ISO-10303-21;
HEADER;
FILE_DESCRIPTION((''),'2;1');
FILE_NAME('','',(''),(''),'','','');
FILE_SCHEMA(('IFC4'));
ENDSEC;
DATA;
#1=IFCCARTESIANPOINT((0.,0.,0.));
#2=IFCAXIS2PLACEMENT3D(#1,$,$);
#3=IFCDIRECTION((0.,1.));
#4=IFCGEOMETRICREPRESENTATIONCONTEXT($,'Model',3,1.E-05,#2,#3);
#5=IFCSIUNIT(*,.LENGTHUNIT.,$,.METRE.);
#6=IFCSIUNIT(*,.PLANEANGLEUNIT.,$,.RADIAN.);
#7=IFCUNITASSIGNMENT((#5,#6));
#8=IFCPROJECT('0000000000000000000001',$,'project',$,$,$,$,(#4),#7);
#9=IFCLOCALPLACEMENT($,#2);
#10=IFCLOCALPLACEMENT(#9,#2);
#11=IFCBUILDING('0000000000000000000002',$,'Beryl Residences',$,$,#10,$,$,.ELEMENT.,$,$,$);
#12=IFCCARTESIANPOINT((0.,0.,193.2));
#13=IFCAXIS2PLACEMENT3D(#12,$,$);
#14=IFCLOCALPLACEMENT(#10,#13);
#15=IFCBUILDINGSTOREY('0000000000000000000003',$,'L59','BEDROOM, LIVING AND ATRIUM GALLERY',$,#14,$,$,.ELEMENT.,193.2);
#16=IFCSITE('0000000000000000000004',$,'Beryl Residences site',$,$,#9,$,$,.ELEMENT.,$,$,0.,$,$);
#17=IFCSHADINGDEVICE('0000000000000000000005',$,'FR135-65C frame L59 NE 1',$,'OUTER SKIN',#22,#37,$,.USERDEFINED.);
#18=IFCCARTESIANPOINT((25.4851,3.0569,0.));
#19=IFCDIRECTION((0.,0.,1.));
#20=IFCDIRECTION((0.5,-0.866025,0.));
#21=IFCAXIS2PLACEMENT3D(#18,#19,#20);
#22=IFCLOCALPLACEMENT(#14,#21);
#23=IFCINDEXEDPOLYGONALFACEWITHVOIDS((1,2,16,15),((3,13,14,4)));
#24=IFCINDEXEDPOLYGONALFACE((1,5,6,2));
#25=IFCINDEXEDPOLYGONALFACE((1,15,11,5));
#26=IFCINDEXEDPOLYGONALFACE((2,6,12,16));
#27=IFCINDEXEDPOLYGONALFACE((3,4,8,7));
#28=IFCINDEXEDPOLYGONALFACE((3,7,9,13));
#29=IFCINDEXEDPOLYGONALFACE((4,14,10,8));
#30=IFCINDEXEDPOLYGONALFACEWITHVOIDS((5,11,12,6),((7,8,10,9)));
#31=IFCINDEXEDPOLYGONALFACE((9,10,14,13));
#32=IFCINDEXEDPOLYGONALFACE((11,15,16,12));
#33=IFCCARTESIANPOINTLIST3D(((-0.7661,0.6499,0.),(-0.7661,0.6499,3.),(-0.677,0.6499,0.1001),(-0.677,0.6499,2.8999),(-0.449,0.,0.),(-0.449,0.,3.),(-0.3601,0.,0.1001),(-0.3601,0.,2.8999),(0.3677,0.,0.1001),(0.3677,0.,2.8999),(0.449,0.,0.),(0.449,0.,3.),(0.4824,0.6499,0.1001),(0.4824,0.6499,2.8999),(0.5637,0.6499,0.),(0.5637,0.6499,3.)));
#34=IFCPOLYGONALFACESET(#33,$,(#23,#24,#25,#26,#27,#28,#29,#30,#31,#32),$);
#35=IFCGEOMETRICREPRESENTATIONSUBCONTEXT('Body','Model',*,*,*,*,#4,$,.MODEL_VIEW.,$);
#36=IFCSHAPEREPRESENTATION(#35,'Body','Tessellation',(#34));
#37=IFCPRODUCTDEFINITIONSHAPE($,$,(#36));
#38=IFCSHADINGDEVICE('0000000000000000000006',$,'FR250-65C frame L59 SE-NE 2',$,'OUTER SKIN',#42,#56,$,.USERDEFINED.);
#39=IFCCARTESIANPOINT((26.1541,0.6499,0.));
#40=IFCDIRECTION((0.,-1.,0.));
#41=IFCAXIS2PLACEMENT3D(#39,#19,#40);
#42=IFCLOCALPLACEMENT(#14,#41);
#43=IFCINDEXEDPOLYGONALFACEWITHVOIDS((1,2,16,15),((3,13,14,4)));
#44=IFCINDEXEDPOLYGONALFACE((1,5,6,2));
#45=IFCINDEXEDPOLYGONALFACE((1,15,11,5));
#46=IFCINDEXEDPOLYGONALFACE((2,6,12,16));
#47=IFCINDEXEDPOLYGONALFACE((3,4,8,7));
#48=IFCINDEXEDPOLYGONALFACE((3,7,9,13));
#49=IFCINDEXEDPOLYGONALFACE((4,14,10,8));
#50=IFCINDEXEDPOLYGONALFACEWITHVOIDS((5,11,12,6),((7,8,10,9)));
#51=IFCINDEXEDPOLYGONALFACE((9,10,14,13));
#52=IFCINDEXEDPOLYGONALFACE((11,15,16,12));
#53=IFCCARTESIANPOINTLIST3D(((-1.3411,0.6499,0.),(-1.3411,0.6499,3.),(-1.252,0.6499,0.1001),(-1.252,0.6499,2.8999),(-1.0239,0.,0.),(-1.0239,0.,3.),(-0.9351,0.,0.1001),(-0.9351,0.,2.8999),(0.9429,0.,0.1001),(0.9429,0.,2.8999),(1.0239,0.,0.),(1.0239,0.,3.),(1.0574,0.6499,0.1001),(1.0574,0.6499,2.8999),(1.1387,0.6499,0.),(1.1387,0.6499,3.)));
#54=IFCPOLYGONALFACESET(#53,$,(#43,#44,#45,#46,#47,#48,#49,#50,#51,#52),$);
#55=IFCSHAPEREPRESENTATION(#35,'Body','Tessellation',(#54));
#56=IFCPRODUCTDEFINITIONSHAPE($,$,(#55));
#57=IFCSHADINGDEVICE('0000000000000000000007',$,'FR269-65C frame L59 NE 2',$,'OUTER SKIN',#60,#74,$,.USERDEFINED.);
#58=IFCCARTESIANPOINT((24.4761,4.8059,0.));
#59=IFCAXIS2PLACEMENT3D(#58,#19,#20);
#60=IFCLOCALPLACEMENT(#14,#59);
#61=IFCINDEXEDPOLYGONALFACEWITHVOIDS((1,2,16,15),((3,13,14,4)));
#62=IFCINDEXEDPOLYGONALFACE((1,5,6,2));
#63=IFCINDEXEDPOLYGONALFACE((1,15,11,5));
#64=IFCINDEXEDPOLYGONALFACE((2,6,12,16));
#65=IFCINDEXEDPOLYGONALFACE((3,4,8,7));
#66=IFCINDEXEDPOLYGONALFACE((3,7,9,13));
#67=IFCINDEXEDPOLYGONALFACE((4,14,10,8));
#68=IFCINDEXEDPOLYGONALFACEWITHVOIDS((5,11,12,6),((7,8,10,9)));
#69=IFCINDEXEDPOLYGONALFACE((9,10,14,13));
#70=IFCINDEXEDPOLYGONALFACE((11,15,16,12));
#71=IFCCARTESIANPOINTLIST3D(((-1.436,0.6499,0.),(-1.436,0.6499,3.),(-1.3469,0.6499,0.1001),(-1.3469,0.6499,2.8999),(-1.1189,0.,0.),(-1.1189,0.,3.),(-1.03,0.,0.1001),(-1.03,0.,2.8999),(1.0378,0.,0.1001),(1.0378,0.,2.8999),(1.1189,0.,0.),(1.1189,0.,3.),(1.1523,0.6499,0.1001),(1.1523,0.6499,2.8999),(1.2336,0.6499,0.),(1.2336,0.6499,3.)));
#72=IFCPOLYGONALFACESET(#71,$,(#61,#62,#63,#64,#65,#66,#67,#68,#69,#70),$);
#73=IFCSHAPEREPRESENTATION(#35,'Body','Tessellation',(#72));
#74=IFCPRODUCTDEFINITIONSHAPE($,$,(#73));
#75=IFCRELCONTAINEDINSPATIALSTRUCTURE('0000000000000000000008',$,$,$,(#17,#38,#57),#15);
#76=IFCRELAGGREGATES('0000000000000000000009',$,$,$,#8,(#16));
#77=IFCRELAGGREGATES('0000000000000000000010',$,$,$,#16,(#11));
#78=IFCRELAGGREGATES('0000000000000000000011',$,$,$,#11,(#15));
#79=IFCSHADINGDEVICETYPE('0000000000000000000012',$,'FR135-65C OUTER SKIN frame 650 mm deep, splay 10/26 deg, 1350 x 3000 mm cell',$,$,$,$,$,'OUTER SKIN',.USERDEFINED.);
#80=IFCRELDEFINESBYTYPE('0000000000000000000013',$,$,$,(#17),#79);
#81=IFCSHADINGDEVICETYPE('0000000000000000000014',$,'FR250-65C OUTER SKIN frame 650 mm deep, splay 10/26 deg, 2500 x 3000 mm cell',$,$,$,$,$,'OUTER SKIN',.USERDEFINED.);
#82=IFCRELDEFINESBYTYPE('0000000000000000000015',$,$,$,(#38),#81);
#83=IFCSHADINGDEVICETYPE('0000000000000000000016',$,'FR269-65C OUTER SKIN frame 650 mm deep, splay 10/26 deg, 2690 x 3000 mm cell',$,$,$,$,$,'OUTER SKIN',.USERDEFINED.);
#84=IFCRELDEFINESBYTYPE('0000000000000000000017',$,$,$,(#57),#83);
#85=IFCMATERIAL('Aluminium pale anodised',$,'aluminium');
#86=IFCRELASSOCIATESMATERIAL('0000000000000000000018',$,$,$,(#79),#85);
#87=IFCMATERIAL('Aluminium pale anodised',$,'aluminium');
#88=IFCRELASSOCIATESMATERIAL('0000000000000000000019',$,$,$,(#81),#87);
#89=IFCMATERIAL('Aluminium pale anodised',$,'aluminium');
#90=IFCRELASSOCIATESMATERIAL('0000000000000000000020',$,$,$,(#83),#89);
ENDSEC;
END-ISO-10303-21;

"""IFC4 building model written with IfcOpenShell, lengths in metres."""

from ifc_helpers import new_model, entity, si_unit, direction, frame, origin, place, context, subcontext, project, spatial, source, transform, mapped, material, type_object, type_shapes, element, save


model = new_model("IFC4")

# Units and contexts
model_context = context("Model", 3, precision=1e-05, world=origin(), true_north=direction((0.0, 1.0)))
body_context = subcontext(model_context, "Body", "Model", "MODEL_VIEW")
ifc_project = project(units=[si_unit("LENGTHUNIT", "METRE"), si_unit("PLANEANGLEUNIT", "RADIAN")], contexts=[model_context])

# Site, building, storey
site_placement = place(None, origin())
site = spatial("IfcSite", under=ifc_project, at=site_placement, Name="Beryl Residences site", CompositionType="ELEMENT", RefElevation=0.0)
building_placement = place(site_placement, origin())
building = spatial("IfcBuilding", under=site, at=building_placement, Name="Beryl Residences", CompositionType="ELEMENT")
storey_placement = place(building_placement, frame((0.0, 0.0, 193.2)))
storey = spatial("IfcBuildingStorey", under=building, at=storey_placement, Name="L59", Description="BEDROOM, LIVING AND ATRIUM GALLERY", CompositionType="ELEMENT", Elevation=193.2)

# Shading devices
ifc_material_1 = material(Name="Aluminium pale anodised", Category="aluminium")
shading_device_type_1 = type_object("IfcShadingDeviceType", Name="FR135-65C OUTER SKIN frame 650 mm deep, splay 10/26 deg, 1350 x 3000 mm cell", ElementType="OUTER SKIN", PredefinedType="USERDEFINED", material=ifc_material_1)
cartesian_point_1 = entity("IfcCartesianPoint", [-0.449, 0.0])
cartesian_point_2 = entity("IfcCartesianPoint", [-0.3677, 0.1001])
cartesian_point_3 = entity("IfcCartesianPoint", [-0.5637, 0.0])
cartesian_point_4 = entity("IfcCartesianPoint", [-0.4824, 0.1001])
shared_shape_1 = source(origin(), body_context, "Body", "SweptSolid", [
    entity("IfcExtrudedAreaSolidTapered", entity("IfcArbitraryProfileDefWithVoids", "AREA", None, entity("IfcPolyline", [cartesian_point_1, entity("IfcCartesianPoint", [0.449, 0.0]), entity("IfcCartesianPoint", [0.449, 3.0]), entity("IfcCartesianPoint", [-0.449, 3.0]), cartesian_point_1]), [entity("IfcPolyline", [cartesian_point_2, entity("IfcCartesianPoint", [0.3601, 0.1001]), entity("IfcCartesianPoint", [0.3601, 2.8999]), entity("IfcCartesianPoint", [-0.3677, 2.8999]), cartesian_point_2])]), entity("IfcAxis2Placement3D", entity("IfcCartesianPoint", [0.0, 0.0, 0.0]), entity("IfcDirection", [0.0, 1.0, 0.0]), entity("IfcDirection", [-1.0, 0.0, 0.0])), entity("IfcDirection", [0.0, 0.0, 1.0]), 0.6499, entity("IfcArbitraryProfileDefWithVoids", "AREA", None, entity("IfcPolyline", [cartesian_point_3, entity("IfcCartesianPoint", [0.7661, 0.0]), entity("IfcCartesianPoint", [0.7661, 3.0]), entity("IfcCartesianPoint", [-0.5637, 3.0]), cartesian_point_3]), [entity("IfcPolyline", [cartesian_point_4, entity("IfcCartesianPoint", [0.677, 0.1001]), entity("IfcCartesianPoint", [0.677, 2.8999]), entity("IfcCartesianPoint", [-0.4824, 2.8999]), cartesian_point_4])])),
])
type_shapes(shading_device_type_1, [shared_shape_1])
shading_device_1_placement = place(storey_placement, frame((25.4851, 3.0569, 0.0), z_axis=(0.0, 0.0, 1.0), x_axis=(0.5, -0.866025, 0.0)))
element("IfcShadingDevice", 1, at=shading_device_1_placement, inside=storey, type_object=shading_device_type_1, Name="FR135-65C frame L59 NE 1", ObjectType="OUTER SKIN", PredefinedType="USERDEFINED", context=body_context, shape_type="MappedRepresentation", body=[
    mapped(shared_shape_1, transform((0.0, 0.0, 0.0))),
])
ifc_material_2 = material(Name="Aluminium pale anodised", Category="aluminium")
shading_device_type_2 = type_object("IfcShadingDeviceType", Name="FR250-65C OUTER SKIN frame 650 mm deep, splay 10/26 deg, 2500 x 3000 mm cell", ElementType="OUTER SKIN", PredefinedType="USERDEFINED", material=ifc_material_2)
cartesian_point_5 = entity("IfcCartesianPoint", [-1.0239, 0.0])
cartesian_point_6 = entity("IfcCartesianPoint", [-0.9429, 0.1001])
cartesian_point_7 = entity("IfcCartesianPoint", [-1.1387, 0.0])
cartesian_point_8 = entity("IfcCartesianPoint", [-1.0574, 0.1001])
shared_shape_2 = source(origin(), body_context, "Body", "SweptSolid", [
    entity("IfcExtrudedAreaSolidTapered", entity("IfcArbitraryProfileDefWithVoids", "AREA", None, entity("IfcPolyline", [cartesian_point_5, entity("IfcCartesianPoint", [1.0239, 0.0]), entity("IfcCartesianPoint", [1.0239, 3.0]), entity("IfcCartesianPoint", [-1.0239, 3.0]), cartesian_point_5]), [entity("IfcPolyline", [cartesian_point_6, entity("IfcCartesianPoint", [0.9351, 0.1001]), entity("IfcCartesianPoint", [0.9351, 2.8999]), entity("IfcCartesianPoint", [-0.9429, 2.8999]), cartesian_point_6])]), entity("IfcAxis2Placement3D", entity("IfcCartesianPoint", [0.0, 0.0, 0.0]), entity("IfcDirection", [0.0, 1.0, 0.0]), entity("IfcDirection", [-1.0, 0.0, 0.0])), entity("IfcDirection", [0.0, 0.0, 1.0]), 0.6499, entity("IfcArbitraryProfileDefWithVoids", "AREA", None, entity("IfcPolyline", [cartesian_point_7, entity("IfcCartesianPoint", [1.3411, 0.0]), entity("IfcCartesianPoint", [1.3411, 3.0]), entity("IfcCartesianPoint", [-1.1387, 3.0]), cartesian_point_7]), [entity("IfcPolyline", [cartesian_point_8, entity("IfcCartesianPoint", [1.252, 0.1001]), entity("IfcCartesianPoint", [1.252, 2.8999]), entity("IfcCartesianPoint", [-1.0574, 2.8999]), cartesian_point_8])])),
])
type_shapes(shading_device_type_2, [shared_shape_2])
shading_device_2_placement = place(storey_placement, frame((26.1541, 0.6499, 0.0), z_axis=(0.0, 0.0, 1.0), x_axis=(0.0, -1.0, 0.0)))
element("IfcShadingDevice", 2, at=shading_device_2_placement, inside=storey, type_object=shading_device_type_2, Name="FR250-65C frame L59 SE-NE 2", ObjectType="OUTER SKIN", PredefinedType="USERDEFINED", context=body_context, shape_type="MappedRepresentation", body=[
    mapped(shared_shape_2, transform((0.0, 0.0, 0.0))),
])
ifc_material_3 = material(Name="Aluminium pale anodised", Category="aluminium")
shading_device_type_3 = type_object("IfcShadingDeviceType", Name="FR269-65C OUTER SKIN frame 650 mm deep, splay 10/26 deg, 2690 x 3000 mm cell", ElementType="OUTER SKIN", PredefinedType="USERDEFINED", material=ifc_material_3)
cartesian_point_9 = entity("IfcCartesianPoint", [-1.1189, 0.0])
cartesian_point_10 = entity("IfcCartesianPoint", [-1.0378, 0.1001])
cartesian_point_11 = entity("IfcCartesianPoint", [-1.2336, 0.0])
cartesian_point_12 = entity("IfcCartesianPoint", [-1.1523, 0.1001])
shared_shape_3 = source(origin(), body_context, "Body", "SweptSolid", [
    entity("IfcExtrudedAreaSolidTapered", entity("IfcArbitraryProfileDefWithVoids", "AREA", None, entity("IfcPolyline", [cartesian_point_9, entity("IfcCartesianPoint", [1.1189, 0.0]), entity("IfcCartesianPoint", [1.1189, 3.0]), entity("IfcCartesianPoint", [-1.1189, 3.0]), cartesian_point_9]), [entity("IfcPolyline", [cartesian_point_10, entity("IfcCartesianPoint", [1.03, 0.1001]), entity("IfcCartesianPoint", [1.03, 2.8999]), entity("IfcCartesianPoint", [-1.0378, 2.8999]), cartesian_point_10])]), entity("IfcAxis2Placement3D", entity("IfcCartesianPoint", [0.0, 0.0, 0.0]), entity("IfcDirection", [0.0, 1.0, 0.0]), entity("IfcDirection", [-1.0, 0.0, 0.0])), entity("IfcDirection", [0.0, 0.0, 1.0]), 0.6499, entity("IfcArbitraryProfileDefWithVoids", "AREA", None, entity("IfcPolyline", [cartesian_point_11, entity("IfcCartesianPoint", [1.436, 0.0]), entity("IfcCartesianPoint", [1.436, 3.0]), entity("IfcCartesianPoint", [-1.2336, 3.0]), cartesian_point_11]), [entity("IfcPolyline", [cartesian_point_12, entity("IfcCartesianPoint", [1.3469, 0.1001]), entity("IfcCartesianPoint", [1.3469, 2.8999]), entity("IfcCartesianPoint", [-1.1523, 2.8999]), cartesian_point_12])])),
])
type_shapes(shading_device_type_3, [shared_shape_3])
shading_device_3_placement = place(storey_placement, frame((24.4761, 4.8059, 0.0), z_axis=(0.0, 0.0, 1.0), x_axis=(0.5, -0.866025, 0.0)))
element("IfcShadingDevice", 3, at=shading_device_3_placement, inside=storey, type_object=shading_device_type_3, Name="FR269-65C frame L59 NE 2", ObjectType="OUTER SKIN", PredefinedType="USERDEFINED", context=body_context, shape_type="MappedRepresentation", body=[
    mapped(shared_shape_3, transform((0.0, 0.0, 0.0))),
])

save(model, "model.ifc")
